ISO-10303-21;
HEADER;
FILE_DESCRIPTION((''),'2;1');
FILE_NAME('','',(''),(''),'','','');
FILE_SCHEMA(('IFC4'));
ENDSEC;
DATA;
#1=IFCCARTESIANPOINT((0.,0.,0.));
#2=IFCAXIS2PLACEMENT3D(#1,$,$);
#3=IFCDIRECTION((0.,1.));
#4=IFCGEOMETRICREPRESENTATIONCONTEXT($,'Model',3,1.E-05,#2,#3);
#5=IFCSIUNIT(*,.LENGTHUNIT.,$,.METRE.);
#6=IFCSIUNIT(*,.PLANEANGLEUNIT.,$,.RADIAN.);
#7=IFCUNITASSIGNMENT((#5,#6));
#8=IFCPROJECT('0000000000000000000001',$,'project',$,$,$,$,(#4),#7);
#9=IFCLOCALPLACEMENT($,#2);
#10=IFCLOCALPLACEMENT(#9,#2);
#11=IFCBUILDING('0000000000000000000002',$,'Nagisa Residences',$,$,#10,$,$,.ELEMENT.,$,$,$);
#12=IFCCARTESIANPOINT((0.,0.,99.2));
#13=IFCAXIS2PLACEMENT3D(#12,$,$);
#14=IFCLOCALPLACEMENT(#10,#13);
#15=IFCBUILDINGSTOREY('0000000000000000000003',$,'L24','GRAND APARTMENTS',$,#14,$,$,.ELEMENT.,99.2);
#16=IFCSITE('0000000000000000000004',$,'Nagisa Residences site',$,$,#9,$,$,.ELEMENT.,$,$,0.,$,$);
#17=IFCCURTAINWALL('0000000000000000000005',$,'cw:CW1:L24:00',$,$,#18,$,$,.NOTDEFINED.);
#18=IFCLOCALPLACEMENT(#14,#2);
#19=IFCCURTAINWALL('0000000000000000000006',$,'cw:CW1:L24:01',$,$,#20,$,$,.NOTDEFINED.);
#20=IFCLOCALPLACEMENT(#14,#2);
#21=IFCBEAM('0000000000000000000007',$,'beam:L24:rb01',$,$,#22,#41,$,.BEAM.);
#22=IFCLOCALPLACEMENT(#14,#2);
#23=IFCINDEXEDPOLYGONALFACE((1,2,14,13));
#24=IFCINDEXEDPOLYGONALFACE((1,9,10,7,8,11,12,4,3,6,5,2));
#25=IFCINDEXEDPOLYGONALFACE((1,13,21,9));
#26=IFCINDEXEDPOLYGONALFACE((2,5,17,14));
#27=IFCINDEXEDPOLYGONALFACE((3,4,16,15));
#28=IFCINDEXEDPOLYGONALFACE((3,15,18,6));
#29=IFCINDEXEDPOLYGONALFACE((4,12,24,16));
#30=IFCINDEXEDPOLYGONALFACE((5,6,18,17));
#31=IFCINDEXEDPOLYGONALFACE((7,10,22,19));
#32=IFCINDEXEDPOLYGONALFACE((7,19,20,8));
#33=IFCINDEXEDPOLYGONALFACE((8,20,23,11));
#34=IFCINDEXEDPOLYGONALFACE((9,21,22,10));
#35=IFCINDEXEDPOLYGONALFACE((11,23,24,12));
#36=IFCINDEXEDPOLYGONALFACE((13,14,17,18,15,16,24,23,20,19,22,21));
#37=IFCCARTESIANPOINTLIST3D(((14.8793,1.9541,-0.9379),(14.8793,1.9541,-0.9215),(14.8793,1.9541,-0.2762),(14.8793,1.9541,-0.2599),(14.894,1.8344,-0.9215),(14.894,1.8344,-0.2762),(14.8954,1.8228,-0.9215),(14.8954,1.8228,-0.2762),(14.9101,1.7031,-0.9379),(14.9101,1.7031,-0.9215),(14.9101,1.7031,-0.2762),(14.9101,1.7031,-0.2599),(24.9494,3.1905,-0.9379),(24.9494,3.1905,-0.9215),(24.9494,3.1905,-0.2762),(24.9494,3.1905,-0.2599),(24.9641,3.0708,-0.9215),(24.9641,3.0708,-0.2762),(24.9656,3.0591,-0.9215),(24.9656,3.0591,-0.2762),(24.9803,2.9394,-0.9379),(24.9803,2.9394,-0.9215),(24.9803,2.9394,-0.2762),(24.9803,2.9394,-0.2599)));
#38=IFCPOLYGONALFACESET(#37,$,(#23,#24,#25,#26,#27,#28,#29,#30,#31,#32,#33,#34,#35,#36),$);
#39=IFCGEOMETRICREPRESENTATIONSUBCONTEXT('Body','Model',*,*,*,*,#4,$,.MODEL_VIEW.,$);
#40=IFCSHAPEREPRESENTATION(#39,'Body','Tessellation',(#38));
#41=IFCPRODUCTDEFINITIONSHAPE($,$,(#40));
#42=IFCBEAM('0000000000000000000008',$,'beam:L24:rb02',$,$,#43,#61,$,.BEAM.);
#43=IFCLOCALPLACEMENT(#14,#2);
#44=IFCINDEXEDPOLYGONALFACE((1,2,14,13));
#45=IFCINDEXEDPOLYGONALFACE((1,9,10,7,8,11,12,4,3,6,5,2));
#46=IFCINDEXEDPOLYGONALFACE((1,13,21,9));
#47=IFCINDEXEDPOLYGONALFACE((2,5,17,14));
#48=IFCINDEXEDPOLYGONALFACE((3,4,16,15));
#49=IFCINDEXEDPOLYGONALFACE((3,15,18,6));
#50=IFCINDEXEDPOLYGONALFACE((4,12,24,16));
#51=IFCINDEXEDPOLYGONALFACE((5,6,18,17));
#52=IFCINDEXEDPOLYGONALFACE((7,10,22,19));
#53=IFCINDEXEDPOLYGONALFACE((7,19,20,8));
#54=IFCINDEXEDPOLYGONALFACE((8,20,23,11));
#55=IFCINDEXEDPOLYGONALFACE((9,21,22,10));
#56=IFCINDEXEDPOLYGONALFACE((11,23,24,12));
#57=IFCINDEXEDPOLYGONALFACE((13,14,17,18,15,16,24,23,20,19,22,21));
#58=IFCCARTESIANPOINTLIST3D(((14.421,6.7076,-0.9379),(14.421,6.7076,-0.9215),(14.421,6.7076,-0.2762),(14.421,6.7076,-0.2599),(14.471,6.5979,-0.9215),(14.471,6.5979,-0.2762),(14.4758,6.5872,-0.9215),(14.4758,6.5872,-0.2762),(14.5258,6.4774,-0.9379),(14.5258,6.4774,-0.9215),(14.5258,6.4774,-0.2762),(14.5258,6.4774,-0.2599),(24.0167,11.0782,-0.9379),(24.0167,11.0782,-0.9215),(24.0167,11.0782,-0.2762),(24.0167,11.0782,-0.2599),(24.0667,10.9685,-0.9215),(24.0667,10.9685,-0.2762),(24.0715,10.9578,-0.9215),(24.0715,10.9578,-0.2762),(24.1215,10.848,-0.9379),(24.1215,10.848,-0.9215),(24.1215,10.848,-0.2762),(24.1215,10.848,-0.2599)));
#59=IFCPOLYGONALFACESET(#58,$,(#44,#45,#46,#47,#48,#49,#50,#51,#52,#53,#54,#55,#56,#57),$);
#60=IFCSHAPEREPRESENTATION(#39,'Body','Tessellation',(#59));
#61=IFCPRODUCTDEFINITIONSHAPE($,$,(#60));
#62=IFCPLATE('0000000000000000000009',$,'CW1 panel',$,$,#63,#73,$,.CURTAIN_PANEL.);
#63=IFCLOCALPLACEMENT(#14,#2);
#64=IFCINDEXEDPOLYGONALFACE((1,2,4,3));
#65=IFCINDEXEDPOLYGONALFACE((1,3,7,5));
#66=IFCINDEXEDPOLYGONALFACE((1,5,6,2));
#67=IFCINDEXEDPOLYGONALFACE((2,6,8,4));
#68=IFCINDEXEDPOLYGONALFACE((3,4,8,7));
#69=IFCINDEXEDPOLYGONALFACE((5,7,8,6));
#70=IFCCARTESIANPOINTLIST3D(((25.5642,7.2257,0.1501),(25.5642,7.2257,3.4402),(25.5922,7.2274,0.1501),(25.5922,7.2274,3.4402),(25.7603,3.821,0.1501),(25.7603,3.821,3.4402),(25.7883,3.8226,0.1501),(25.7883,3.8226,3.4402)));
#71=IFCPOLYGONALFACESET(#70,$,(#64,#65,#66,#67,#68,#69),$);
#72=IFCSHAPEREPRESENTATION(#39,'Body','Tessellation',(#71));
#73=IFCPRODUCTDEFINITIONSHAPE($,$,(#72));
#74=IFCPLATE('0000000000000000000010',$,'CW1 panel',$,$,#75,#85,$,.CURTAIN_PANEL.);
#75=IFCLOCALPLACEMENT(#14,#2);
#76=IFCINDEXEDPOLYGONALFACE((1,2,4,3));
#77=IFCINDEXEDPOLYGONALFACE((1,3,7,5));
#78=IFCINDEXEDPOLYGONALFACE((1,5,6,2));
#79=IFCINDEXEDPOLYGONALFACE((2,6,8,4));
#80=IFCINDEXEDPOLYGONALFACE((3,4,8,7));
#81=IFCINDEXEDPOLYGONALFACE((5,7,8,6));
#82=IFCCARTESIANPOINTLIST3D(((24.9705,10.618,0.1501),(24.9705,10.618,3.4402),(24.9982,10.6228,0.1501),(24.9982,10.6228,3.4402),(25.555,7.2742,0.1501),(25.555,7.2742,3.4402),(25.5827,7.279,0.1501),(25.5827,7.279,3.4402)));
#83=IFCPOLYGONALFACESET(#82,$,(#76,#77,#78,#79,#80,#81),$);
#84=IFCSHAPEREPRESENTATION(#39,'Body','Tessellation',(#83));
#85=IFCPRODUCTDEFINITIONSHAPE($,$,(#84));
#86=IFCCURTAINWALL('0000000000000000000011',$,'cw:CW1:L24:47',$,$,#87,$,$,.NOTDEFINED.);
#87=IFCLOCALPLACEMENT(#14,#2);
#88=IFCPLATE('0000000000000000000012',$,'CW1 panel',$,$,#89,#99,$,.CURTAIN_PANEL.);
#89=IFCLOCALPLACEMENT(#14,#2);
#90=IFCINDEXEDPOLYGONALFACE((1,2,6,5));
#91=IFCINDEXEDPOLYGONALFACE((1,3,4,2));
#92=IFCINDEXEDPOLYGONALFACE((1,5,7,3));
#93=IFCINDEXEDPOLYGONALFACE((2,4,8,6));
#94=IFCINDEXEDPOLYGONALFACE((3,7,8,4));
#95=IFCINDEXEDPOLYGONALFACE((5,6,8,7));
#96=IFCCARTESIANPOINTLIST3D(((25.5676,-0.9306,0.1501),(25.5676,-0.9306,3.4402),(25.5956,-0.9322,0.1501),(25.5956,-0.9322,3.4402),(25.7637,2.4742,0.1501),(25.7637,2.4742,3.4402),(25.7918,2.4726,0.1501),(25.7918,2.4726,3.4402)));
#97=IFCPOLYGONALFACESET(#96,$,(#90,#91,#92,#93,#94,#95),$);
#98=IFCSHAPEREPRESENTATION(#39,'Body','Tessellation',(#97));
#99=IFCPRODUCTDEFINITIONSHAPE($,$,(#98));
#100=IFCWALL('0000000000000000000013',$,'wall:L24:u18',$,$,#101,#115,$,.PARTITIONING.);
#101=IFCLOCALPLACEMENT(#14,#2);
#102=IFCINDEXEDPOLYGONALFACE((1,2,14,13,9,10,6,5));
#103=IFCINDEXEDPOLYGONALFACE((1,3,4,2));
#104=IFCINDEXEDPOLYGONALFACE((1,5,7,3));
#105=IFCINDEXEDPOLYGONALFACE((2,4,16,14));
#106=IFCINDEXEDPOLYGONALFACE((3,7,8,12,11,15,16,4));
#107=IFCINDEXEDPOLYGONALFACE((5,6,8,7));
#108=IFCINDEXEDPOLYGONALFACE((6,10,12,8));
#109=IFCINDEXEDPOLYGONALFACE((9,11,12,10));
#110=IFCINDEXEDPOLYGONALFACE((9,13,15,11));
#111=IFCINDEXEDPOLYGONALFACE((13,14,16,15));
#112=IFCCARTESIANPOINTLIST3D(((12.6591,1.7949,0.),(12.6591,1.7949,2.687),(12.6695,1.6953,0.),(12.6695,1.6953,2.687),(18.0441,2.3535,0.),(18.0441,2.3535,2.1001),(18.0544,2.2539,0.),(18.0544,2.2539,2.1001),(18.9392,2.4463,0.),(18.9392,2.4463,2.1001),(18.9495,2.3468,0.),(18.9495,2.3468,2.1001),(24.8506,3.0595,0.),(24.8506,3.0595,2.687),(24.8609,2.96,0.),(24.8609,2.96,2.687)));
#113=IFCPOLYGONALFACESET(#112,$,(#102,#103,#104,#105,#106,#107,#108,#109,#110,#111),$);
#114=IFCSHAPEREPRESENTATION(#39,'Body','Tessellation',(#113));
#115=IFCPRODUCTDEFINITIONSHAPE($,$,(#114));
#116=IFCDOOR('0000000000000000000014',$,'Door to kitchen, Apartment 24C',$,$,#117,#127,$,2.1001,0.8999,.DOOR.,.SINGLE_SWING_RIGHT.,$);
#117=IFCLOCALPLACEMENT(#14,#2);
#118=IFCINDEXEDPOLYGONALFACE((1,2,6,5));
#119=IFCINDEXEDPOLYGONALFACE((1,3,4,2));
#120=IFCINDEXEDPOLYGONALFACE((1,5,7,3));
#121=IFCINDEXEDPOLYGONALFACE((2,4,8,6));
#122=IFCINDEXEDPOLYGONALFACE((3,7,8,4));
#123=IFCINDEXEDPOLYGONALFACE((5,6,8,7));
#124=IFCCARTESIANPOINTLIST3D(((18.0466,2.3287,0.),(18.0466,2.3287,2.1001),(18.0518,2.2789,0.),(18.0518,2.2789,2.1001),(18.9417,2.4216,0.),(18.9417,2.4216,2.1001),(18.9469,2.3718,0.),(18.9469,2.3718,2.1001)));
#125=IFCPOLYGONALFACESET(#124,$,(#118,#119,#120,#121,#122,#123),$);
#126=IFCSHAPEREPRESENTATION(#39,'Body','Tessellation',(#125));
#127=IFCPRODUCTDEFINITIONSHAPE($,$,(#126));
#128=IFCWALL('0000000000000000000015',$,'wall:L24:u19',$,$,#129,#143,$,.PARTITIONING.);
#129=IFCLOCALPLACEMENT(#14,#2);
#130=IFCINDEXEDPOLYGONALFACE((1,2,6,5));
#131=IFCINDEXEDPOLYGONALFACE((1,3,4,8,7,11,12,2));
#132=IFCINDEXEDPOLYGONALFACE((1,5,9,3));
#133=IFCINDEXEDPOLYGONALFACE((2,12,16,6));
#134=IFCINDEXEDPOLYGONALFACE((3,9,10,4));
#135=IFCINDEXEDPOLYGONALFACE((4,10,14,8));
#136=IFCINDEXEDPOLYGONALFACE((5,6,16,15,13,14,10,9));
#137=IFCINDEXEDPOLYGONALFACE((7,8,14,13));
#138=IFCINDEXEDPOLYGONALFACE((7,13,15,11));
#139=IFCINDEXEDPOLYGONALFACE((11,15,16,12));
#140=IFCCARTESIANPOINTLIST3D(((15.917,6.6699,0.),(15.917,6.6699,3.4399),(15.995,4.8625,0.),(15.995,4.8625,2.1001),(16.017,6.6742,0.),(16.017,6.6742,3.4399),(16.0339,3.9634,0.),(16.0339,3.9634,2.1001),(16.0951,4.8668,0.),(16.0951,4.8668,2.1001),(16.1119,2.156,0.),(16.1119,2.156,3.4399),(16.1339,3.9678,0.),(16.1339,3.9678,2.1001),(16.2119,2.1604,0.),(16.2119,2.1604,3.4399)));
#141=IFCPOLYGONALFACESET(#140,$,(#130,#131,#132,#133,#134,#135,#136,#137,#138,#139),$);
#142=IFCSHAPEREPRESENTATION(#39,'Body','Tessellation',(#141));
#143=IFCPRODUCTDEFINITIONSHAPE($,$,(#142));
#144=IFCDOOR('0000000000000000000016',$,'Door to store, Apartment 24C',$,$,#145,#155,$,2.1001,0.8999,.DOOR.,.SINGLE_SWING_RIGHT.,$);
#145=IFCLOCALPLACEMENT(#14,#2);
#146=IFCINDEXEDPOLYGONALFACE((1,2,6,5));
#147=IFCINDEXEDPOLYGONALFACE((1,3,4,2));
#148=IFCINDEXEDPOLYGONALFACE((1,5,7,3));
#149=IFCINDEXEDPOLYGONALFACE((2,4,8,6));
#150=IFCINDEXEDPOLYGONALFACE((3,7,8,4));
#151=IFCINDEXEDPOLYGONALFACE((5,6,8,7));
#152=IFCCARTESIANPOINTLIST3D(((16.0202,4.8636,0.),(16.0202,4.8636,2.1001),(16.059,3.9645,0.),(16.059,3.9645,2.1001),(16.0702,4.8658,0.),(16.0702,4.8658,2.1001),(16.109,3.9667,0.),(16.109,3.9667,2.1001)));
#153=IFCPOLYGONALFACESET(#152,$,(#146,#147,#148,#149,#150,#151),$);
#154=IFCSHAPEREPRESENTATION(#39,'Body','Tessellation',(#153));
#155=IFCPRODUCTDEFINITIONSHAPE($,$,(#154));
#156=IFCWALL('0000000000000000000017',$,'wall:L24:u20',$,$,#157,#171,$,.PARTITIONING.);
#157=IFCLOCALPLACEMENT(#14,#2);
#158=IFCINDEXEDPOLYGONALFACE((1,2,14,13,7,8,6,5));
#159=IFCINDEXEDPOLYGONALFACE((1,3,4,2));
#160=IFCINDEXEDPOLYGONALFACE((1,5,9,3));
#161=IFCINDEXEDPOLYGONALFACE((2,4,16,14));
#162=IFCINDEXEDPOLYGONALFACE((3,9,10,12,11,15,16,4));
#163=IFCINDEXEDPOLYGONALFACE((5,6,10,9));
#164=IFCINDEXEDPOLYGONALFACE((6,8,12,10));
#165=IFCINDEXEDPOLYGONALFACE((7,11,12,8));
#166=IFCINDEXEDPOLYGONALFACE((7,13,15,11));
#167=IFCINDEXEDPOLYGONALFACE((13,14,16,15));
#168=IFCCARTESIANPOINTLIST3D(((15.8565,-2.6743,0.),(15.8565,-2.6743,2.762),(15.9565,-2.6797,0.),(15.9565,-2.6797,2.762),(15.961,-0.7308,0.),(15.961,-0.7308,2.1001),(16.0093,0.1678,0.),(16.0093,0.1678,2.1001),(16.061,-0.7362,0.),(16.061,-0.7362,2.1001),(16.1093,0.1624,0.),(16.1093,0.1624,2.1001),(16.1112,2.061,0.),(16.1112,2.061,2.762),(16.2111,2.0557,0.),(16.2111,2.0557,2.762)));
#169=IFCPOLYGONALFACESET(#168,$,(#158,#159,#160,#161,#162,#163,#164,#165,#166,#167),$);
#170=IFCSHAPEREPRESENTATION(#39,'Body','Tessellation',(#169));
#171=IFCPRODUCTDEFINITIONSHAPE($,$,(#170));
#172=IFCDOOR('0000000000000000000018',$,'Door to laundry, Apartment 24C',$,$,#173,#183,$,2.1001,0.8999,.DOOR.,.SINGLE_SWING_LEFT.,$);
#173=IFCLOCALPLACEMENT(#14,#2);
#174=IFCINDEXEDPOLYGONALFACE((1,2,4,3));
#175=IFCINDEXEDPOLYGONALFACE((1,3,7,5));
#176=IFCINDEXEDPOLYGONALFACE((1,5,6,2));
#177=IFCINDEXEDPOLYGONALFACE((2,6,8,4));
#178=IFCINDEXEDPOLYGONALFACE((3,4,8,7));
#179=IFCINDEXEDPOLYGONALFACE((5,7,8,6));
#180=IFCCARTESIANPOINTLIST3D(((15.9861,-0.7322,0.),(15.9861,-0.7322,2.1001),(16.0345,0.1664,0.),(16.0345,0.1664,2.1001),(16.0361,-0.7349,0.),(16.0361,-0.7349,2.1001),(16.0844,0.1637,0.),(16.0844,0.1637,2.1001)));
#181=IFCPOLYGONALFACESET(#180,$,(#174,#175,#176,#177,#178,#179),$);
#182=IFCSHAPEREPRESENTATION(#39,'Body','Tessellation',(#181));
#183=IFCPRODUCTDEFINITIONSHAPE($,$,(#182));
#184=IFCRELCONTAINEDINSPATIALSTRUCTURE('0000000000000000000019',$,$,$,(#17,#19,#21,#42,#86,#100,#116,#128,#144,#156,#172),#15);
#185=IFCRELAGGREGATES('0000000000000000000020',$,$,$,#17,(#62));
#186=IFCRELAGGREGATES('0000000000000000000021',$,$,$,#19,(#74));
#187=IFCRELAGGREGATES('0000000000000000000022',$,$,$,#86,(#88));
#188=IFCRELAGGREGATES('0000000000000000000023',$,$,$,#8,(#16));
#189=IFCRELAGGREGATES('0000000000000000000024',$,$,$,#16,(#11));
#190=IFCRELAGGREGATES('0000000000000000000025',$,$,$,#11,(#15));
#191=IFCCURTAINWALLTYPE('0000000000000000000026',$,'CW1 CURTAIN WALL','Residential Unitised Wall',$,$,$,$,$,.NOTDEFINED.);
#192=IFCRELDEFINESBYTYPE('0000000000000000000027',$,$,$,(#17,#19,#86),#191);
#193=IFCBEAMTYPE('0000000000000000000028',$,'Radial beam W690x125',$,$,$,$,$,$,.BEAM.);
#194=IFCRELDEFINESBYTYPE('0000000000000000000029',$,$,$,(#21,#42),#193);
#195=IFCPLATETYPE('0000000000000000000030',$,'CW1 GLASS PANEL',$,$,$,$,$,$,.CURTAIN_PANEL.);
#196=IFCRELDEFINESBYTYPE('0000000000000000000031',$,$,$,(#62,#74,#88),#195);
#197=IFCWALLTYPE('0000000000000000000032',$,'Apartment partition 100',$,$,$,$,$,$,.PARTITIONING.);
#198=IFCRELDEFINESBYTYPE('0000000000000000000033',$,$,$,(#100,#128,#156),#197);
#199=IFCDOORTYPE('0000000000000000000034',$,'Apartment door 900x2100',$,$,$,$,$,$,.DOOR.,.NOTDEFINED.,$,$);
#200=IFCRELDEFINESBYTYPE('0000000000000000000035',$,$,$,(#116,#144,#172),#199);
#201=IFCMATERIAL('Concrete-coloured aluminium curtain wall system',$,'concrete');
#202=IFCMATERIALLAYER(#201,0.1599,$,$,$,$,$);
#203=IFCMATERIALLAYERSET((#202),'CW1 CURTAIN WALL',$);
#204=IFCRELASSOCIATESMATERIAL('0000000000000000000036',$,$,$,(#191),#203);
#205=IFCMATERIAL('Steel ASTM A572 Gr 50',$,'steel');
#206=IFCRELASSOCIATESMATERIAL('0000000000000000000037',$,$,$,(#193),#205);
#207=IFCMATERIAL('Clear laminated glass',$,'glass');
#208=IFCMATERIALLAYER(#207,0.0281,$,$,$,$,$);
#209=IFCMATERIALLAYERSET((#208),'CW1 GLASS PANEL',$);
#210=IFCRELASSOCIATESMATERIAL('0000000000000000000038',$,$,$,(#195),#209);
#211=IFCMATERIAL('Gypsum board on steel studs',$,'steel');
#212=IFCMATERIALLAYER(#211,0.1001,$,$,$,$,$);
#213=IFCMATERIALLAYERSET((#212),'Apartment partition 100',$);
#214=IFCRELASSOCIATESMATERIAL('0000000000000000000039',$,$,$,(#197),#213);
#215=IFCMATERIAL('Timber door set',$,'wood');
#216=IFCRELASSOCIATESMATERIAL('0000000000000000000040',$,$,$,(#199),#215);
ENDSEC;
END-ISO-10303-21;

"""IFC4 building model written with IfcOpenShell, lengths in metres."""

from ifc_helpers import new_model, si_unit, direction, frame, frame_2d, origin, origin_2d, place, context, subcontext, project, spatial, rectangle, i_section, extrude, material, layer, layer_set, material_profile, profile_set, type_object, element, fill, aggregate, save


model = new_model("IFC4")

# Units and contexts
model_context = context("Model", 3, precision=1e-05, world=origin(), true_north=direction((0.0, 1.0)))
body_context = subcontext(model_context, "Body", "Model", "MODEL_VIEW")
ifc_project = project(units=[si_unit("LENGTHUNIT", "METRE"), si_unit("PLANEANGLEUNIT", "RADIAN")], contexts=[model_context])

# Site, building, storey
site_placement = place(None, origin())
site = spatial("IfcSite", under=ifc_project, at=site_placement, Name="Nagisa Residences site", CompositionType="ELEMENT", RefElevation=0.0)
building_placement = place(site_placement, origin())
building = spatial("IfcBuilding", under=site, at=building_placement, Name="Nagisa Residences", CompositionType="ELEMENT")
storey_placement = place(building_placement, frame((0.0, 0.0, 99.2)))
storey = spatial("IfcBuildingStorey", under=building, at=storey_placement, Name="L24", Description="GRAND APARTMENTS", CompositionType="ELEMENT", Elevation=99.2)

# Curtain walls
ifc_material_1 = material(Name="Concrete-coloured aluminium curtain wall system", Category="concrete")
ifc_layer_1 = layer(ifc_material_1, 0.1599)
ifc_layer_set_1 = layer_set([ifc_layer_1], Name="CW1 CURTAIN WALL")
curtain_wall_type = type_object("IfcCurtainWallType", Name="CW1 CURTAIN WALL", Description="Residential Unitised Wall", PredefinedType="NOTDEFINED", material=ifc_layer_set_1)
curtain_wall_1_placement = place(storey_placement, origin())
curtain_wall_1 = element("IfcCurtainWall", 1, at=curtain_wall_1_placement, inside=storey, type_object=curtain_wall_type, Name="cw:CW1:L24:00", PredefinedType="NOTDEFINED")
curtain_wall_2_placement = place(storey_placement, origin())
curtain_wall_2 = element("IfcCurtainWall", 2, at=curtain_wall_2_placement, inside=storey, type_object=curtain_wall_type, Name="cw:CW1:L24:01", PredefinedType="NOTDEFINED")

# Beams
ifc_material_2 = material(Name="Steel ASTM A572 Gr 50", Category="steel")
ifc_material_profile_1 = material_profile(ifc_material_2, i_section(OverallWidth=0.2529, OverallDepth=0.678, WebThickness=0.0117, FlangeThickness=0.0164, at=origin_2d()), Name="W690x125")
ifc_profile_set_1 = profile_set([ifc_material_profile_1], Name="Steel ASTM A572 Gr 50")
beam_type_1 = type_object("IfcBeamType", Name="Radial beam W690x125", PredefinedType="BEAM", material=ifc_profile_set_1)
beam_1_placement = place(storey_placement, frame((24.9648, 3.0649, -0.5989), z_axis=(-0.992548, -0.121858, 0.0), x_axis=(0.121858, -0.992548, 0.0)))
element("IfcBeam", 3, at=beam_1_placement, inside=storey, type_object=beam_type_1, Name="beam:L24:rb01", PredefinedType="BEAM", context=body_context, shape_type="SweptSolid", body=[
    extrude(i_section(OverallWidth=0.2529, OverallDepth=0.678, WebThickness=0.0117, FlangeThickness=0.0164, at=origin_2d()), origin(), (0.0, 0.0, 1.0), 10.1458),
])
beam_2_placement = place(storey_placement, frame((24.0691, 10.9631, -0.5989), z_axis=(-0.910047, -0.414504, 0.0), x_axis=(0.414504, -0.910047, 0.0)))
element("IfcBeam", 4, at=beam_2_placement, inside=storey, type_object=beam_type_1, Name="beam:L24:rb02", PredefinedType="BEAM", context=body_context, shape_type="SweptSolid", body=[
    extrude(i_section(OverallWidth=0.2529, OverallDepth=0.678, WebThickness=0.0117, FlangeThickness=0.0164, at=origin_2d()), origin(), (0.0, 0.0, 1.0), 10.5442),
])

# Plates
ifc_material_3 = material(Name="Clear laminated glass", Category="glass")
ifc_layer_2 = layer(ifc_material_3, 0.0281)
ifc_layer_set_2 = layer_set([ifc_layer_2], Name="CW1 GLASS PANEL")
plate_type = type_object("IfcPlateType", Name="CW1 GLASS PANEL", PredefinedType="CURTAIN_PANEL", material=ifc_layer_set_2)
plate_1_placement = place(storey_placement, frame((25.6763, 5.5242, 0.1501), z_axis=(0.0, 0.0, 1.0), x_axis=(-0.057503, 0.998345, 0.0)))
plate_1 = element("IfcPlate", 5, at=plate_1_placement, type_object=plate_type, Name="CW1 panel", PredefinedType="CURTAIN_PANEL", context=body_context, shape_type="SweptSolid", body=[
    extrude(rectangle(XDim=3.4104, YDim=0.0281, at=origin_2d()), origin(), (0.0, 0.0, 1.0), 3.29),
])
aggregate(curtain_wall_1, [plate_1])
plate_2_placement = place(storey_placement, frame((25.2766, 8.9485, 0.1501), z_axis=(0.0, 0.0, 1.0), x_axis=(-0.172191, 0.985064, 0.0)))
plate_2 = element("IfcPlate", 6, at=plate_2_placement, type_object=plate_type, Name="CW1 panel", PredefinedType="CURTAIN_PANEL", context=body_context, shape_type="SweptSolid", body=[
    extrude(rectangle(XDim=3.3945, YDim=0.0281, at=origin_2d()), origin(), (0.0, 0.0, 1.0), 3.29),
])
aggregate(curtain_wall_2, [plate_2])

# Curtain wall, plate
curtain_wall_3_placement = place(storey_placement, origin())
curtain_wall_3 = element("IfcCurtainWall", 7, at=curtain_wall_3_placement, inside=storey, type_object=curtain_wall_type, Name="cw:CW1:L24:47", PredefinedType="NOTDEFINED")
plate_3_placement = place(storey_placement, frame((25.6797, 0.771, 0.1501), z_axis=(0.0, 0.0, 1.0), x_axis=(0.057503, 0.998345, 0.0)))
plate_3 = element("IfcPlate", 8, at=plate_3_placement, type_object=plate_type, Name="CW1 panel", PredefinedType="CURTAIN_PANEL", context=body_context, shape_type="SweptSolid", body=[
    extrude(rectangle(XDim=3.4104, YDim=0.0281, at=origin_2d()), origin(), (0.0, 0.0, 1.0), 3.29),
])
aggregate(curtain_wall_3, [plate_3])

# Walls, openings, doors
ifc_material_4 = material(Name="Gypsum board on steel studs", Category="steel")
ifc_layer_3 = layer(ifc_material_4, 0.1001)
ifc_layer_set_3 = layer_set([ifc_layer_3], Name="Apartment partition 100")
wall_type = type_object("IfcWallType", Name="Apartment partition 100", PredefinedType="PARTITIONING", material=ifc_layer_set_3)
wall_1_placement = place(storey_placement, frame((12.6643, 1.7451, 0.0), z_axis=(0.0, 0.0, 1.0), x_axis=(0.994663, 0.103179, 0.0)))
wall_1 = element("IfcWall", 9, at=wall_1_placement, inside=storey, type_object=wall_type, Name="wall:L24:u18", PredefinedType="PARTITIONING", context=body_context, shape_type="SweptSolid", body=[
    extrude(rectangle(XDim=12.2568, YDim=0.1001, at=frame_2d((6.1284, 0.0))), origin(), (0.0, 0.0, 1.0), 2.687),
])
opening_1_placement = place(wall_1_placement, frame((5.4138, 0.0, 0.0)))
opening_1 = element("IfcOpeningElement", 10, at=opening_1_placement, cuts=wall_1, PredefinedType="OPENING", context=body_context, shape_type="SweptSolid", body=[
    extrude(rectangle(XDim=0.8999, YDim=2.1001, at=frame_2d((0.45, 1.05))), frame((0.0, 0.0601, 0.0), z_axis=(0.0, -1.0, 0.0), x_axis=(1.0, 0.0, 0.0)), (0.0, 0.0, 1.0), 0.1201),
])
ifc_material_5 = material(Name="Timber door set", Category="wood")
door_type = type_object("IfcDoorType", Name="Apartment door 900x2100", OperationType="NOTDEFINED", PredefinedType="DOOR", material=ifc_material_5)
door_1_placement = place(opening_1_placement, frame((0.8999, 0.0, 0.0), x_axis=(-1.0, 0.0, 0.0)))
door_1 = element("IfcDoor", 11, at=door_1_placement, inside=storey, type_object=door_type, Name="Door to kitchen, Apartment 24C", OperationType="SINGLE_SWING_RIGHT", OverallHeight=2.1001, OverallWidth=0.8999, PredefinedType="DOOR", context=body_context, shape_type="SweptSolid", body=[
    extrude(rectangle(XDim=0.8999, YDim=2.1001, at=frame_2d((0.45, 1.05))), frame((0.0, 0.0249, 0.0), z_axis=(0.0, -1.0, 0.0), x_axis=(1.0, 0.0, 0.0)), (0.0, 0.0, 1.0), 0.05),
])
fill(opening_1, door_1)
wall_2_placement = place(storey_placement, frame((16.1619, 2.1582, 0.0), z_axis=(0.0, 0.0, 1.0), x_axis=(-0.043121, 0.99907, 0.0)))
wall_2 = element("IfcWall", 12, at=wall_2_placement, inside=storey, type_object=wall_type, Name="wall:L24:u19", PredefinedType="PARTITIONING", context=body_context, shape_type="SweptSolid", body=[
    extrude(rectangle(XDim=4.5181, YDim=0.1001, at=frame_2d((2.259, 0.0))), origin(), (0.0, 0.0, 1.0), 3.4399),
])
opening_2_placement = place(wall_2_placement, frame((1.8091, 0.0, 0.0)))
opening_2 = element("IfcOpeningElement", 13, at=opening_2_placement, cuts=wall_2, PredefinedType="OPENING", context=body_context, shape_type="SweptSolid", body=[
    extrude(rectangle(XDim=0.8999, YDim=2.1001, at=frame_2d((0.45, 1.05))), frame((0.0, 0.0601, 0.0), z_axis=(0.0, -1.0, 0.0), x_axis=(1.0, 0.0, 0.0)), (0.0, 0.0, 1.0), 0.1201),
])
door_2_placement = place(opening_2_placement, origin())
door_2 = element("IfcDoor", 14, at=door_2_placement, inside=storey, type_object=door_type, Name="Door to store, Apartment 24C", OperationType="SINGLE_SWING_RIGHT", OverallHeight=2.1001, OverallWidth=0.8999, PredefinedType="DOOR", context=body_context, shape_type="SweptSolid", body=[
    extrude(rectangle(XDim=0.8999, YDim=2.1001, at=frame_2d((0.45, 1.05))), frame((0.0, 0.0249, 0.0), z_axis=(0.0, -1.0, 0.0), x_axis=(1.0, 0.0, 0.0)), (0.0, 0.0, 1.0), 0.05),
])
fill(opening_2, door_2)
wall_3_placement = place(storey_placement, frame((16.1611, 2.0583, 0.0), z_axis=(0.0, 0.0, 1.0), x_axis=(-0.053696, -0.998557, 0.0)))
wall_3 = element("IfcWall", 15, at=wall_3_placement, inside=storey, type_object=wall_type, Name="wall:L24:u20", PredefinedType="PARTITIONING", context=body_context, shape_type="SweptSolid", body=[
    extrude(rectangle(XDim=4.7422, YDim=0.1001, at=frame_2d((2.3711, 0.0))), origin(), (0.0, 0.0, 1.0), 2.762),
])
opening_3_placement = place(wall_3_placement, frame((1.896, 0.0, 0.0)))
opening_3 = element("IfcOpeningElement", 16, at=opening_3_placement, cuts=wall_3, PredefinedType="OPENING", context=body_context, shape_type="SweptSolid", body=[
    extrude(rectangle(XDim=0.8999, YDim=2.1001, at=frame_2d((0.45, 1.05))), frame((0.0, 0.0601, 0.0), z_axis=(0.0, -1.0, 0.0), x_axis=(1.0, 0.0, 0.0)), (0.0, 0.0, 1.0), 0.1201),
])
door_3_placement = place(opening_3_placement, frame((0.8999, 0.0, 0.0), x_axis=(-1.0, 0.0, 0.0)))
door_3 = element("IfcDoor", 17, at=door_3_placement, inside=storey, type_object=door_type, Name="Door to laundry, Apartment 24C", OperationType="SINGLE_SWING_LEFT", OverallHeight=2.1001, OverallWidth=0.8999, PredefinedType="DOOR", context=body_context, shape_type="SweptSolid", body=[
    extrude(rectangle(XDim=0.8999, YDim=2.1001, at=frame_2d((0.45, 1.05))), frame((0.0, 0.0249, 0.0), z_axis=(0.0, -1.0, 0.0), x_axis=(1.0, 0.0, 0.0)), (0.0, 0.0, 1.0), 0.05),
])
fill(opening_3, door_3)

save(model, "model.ifc")
